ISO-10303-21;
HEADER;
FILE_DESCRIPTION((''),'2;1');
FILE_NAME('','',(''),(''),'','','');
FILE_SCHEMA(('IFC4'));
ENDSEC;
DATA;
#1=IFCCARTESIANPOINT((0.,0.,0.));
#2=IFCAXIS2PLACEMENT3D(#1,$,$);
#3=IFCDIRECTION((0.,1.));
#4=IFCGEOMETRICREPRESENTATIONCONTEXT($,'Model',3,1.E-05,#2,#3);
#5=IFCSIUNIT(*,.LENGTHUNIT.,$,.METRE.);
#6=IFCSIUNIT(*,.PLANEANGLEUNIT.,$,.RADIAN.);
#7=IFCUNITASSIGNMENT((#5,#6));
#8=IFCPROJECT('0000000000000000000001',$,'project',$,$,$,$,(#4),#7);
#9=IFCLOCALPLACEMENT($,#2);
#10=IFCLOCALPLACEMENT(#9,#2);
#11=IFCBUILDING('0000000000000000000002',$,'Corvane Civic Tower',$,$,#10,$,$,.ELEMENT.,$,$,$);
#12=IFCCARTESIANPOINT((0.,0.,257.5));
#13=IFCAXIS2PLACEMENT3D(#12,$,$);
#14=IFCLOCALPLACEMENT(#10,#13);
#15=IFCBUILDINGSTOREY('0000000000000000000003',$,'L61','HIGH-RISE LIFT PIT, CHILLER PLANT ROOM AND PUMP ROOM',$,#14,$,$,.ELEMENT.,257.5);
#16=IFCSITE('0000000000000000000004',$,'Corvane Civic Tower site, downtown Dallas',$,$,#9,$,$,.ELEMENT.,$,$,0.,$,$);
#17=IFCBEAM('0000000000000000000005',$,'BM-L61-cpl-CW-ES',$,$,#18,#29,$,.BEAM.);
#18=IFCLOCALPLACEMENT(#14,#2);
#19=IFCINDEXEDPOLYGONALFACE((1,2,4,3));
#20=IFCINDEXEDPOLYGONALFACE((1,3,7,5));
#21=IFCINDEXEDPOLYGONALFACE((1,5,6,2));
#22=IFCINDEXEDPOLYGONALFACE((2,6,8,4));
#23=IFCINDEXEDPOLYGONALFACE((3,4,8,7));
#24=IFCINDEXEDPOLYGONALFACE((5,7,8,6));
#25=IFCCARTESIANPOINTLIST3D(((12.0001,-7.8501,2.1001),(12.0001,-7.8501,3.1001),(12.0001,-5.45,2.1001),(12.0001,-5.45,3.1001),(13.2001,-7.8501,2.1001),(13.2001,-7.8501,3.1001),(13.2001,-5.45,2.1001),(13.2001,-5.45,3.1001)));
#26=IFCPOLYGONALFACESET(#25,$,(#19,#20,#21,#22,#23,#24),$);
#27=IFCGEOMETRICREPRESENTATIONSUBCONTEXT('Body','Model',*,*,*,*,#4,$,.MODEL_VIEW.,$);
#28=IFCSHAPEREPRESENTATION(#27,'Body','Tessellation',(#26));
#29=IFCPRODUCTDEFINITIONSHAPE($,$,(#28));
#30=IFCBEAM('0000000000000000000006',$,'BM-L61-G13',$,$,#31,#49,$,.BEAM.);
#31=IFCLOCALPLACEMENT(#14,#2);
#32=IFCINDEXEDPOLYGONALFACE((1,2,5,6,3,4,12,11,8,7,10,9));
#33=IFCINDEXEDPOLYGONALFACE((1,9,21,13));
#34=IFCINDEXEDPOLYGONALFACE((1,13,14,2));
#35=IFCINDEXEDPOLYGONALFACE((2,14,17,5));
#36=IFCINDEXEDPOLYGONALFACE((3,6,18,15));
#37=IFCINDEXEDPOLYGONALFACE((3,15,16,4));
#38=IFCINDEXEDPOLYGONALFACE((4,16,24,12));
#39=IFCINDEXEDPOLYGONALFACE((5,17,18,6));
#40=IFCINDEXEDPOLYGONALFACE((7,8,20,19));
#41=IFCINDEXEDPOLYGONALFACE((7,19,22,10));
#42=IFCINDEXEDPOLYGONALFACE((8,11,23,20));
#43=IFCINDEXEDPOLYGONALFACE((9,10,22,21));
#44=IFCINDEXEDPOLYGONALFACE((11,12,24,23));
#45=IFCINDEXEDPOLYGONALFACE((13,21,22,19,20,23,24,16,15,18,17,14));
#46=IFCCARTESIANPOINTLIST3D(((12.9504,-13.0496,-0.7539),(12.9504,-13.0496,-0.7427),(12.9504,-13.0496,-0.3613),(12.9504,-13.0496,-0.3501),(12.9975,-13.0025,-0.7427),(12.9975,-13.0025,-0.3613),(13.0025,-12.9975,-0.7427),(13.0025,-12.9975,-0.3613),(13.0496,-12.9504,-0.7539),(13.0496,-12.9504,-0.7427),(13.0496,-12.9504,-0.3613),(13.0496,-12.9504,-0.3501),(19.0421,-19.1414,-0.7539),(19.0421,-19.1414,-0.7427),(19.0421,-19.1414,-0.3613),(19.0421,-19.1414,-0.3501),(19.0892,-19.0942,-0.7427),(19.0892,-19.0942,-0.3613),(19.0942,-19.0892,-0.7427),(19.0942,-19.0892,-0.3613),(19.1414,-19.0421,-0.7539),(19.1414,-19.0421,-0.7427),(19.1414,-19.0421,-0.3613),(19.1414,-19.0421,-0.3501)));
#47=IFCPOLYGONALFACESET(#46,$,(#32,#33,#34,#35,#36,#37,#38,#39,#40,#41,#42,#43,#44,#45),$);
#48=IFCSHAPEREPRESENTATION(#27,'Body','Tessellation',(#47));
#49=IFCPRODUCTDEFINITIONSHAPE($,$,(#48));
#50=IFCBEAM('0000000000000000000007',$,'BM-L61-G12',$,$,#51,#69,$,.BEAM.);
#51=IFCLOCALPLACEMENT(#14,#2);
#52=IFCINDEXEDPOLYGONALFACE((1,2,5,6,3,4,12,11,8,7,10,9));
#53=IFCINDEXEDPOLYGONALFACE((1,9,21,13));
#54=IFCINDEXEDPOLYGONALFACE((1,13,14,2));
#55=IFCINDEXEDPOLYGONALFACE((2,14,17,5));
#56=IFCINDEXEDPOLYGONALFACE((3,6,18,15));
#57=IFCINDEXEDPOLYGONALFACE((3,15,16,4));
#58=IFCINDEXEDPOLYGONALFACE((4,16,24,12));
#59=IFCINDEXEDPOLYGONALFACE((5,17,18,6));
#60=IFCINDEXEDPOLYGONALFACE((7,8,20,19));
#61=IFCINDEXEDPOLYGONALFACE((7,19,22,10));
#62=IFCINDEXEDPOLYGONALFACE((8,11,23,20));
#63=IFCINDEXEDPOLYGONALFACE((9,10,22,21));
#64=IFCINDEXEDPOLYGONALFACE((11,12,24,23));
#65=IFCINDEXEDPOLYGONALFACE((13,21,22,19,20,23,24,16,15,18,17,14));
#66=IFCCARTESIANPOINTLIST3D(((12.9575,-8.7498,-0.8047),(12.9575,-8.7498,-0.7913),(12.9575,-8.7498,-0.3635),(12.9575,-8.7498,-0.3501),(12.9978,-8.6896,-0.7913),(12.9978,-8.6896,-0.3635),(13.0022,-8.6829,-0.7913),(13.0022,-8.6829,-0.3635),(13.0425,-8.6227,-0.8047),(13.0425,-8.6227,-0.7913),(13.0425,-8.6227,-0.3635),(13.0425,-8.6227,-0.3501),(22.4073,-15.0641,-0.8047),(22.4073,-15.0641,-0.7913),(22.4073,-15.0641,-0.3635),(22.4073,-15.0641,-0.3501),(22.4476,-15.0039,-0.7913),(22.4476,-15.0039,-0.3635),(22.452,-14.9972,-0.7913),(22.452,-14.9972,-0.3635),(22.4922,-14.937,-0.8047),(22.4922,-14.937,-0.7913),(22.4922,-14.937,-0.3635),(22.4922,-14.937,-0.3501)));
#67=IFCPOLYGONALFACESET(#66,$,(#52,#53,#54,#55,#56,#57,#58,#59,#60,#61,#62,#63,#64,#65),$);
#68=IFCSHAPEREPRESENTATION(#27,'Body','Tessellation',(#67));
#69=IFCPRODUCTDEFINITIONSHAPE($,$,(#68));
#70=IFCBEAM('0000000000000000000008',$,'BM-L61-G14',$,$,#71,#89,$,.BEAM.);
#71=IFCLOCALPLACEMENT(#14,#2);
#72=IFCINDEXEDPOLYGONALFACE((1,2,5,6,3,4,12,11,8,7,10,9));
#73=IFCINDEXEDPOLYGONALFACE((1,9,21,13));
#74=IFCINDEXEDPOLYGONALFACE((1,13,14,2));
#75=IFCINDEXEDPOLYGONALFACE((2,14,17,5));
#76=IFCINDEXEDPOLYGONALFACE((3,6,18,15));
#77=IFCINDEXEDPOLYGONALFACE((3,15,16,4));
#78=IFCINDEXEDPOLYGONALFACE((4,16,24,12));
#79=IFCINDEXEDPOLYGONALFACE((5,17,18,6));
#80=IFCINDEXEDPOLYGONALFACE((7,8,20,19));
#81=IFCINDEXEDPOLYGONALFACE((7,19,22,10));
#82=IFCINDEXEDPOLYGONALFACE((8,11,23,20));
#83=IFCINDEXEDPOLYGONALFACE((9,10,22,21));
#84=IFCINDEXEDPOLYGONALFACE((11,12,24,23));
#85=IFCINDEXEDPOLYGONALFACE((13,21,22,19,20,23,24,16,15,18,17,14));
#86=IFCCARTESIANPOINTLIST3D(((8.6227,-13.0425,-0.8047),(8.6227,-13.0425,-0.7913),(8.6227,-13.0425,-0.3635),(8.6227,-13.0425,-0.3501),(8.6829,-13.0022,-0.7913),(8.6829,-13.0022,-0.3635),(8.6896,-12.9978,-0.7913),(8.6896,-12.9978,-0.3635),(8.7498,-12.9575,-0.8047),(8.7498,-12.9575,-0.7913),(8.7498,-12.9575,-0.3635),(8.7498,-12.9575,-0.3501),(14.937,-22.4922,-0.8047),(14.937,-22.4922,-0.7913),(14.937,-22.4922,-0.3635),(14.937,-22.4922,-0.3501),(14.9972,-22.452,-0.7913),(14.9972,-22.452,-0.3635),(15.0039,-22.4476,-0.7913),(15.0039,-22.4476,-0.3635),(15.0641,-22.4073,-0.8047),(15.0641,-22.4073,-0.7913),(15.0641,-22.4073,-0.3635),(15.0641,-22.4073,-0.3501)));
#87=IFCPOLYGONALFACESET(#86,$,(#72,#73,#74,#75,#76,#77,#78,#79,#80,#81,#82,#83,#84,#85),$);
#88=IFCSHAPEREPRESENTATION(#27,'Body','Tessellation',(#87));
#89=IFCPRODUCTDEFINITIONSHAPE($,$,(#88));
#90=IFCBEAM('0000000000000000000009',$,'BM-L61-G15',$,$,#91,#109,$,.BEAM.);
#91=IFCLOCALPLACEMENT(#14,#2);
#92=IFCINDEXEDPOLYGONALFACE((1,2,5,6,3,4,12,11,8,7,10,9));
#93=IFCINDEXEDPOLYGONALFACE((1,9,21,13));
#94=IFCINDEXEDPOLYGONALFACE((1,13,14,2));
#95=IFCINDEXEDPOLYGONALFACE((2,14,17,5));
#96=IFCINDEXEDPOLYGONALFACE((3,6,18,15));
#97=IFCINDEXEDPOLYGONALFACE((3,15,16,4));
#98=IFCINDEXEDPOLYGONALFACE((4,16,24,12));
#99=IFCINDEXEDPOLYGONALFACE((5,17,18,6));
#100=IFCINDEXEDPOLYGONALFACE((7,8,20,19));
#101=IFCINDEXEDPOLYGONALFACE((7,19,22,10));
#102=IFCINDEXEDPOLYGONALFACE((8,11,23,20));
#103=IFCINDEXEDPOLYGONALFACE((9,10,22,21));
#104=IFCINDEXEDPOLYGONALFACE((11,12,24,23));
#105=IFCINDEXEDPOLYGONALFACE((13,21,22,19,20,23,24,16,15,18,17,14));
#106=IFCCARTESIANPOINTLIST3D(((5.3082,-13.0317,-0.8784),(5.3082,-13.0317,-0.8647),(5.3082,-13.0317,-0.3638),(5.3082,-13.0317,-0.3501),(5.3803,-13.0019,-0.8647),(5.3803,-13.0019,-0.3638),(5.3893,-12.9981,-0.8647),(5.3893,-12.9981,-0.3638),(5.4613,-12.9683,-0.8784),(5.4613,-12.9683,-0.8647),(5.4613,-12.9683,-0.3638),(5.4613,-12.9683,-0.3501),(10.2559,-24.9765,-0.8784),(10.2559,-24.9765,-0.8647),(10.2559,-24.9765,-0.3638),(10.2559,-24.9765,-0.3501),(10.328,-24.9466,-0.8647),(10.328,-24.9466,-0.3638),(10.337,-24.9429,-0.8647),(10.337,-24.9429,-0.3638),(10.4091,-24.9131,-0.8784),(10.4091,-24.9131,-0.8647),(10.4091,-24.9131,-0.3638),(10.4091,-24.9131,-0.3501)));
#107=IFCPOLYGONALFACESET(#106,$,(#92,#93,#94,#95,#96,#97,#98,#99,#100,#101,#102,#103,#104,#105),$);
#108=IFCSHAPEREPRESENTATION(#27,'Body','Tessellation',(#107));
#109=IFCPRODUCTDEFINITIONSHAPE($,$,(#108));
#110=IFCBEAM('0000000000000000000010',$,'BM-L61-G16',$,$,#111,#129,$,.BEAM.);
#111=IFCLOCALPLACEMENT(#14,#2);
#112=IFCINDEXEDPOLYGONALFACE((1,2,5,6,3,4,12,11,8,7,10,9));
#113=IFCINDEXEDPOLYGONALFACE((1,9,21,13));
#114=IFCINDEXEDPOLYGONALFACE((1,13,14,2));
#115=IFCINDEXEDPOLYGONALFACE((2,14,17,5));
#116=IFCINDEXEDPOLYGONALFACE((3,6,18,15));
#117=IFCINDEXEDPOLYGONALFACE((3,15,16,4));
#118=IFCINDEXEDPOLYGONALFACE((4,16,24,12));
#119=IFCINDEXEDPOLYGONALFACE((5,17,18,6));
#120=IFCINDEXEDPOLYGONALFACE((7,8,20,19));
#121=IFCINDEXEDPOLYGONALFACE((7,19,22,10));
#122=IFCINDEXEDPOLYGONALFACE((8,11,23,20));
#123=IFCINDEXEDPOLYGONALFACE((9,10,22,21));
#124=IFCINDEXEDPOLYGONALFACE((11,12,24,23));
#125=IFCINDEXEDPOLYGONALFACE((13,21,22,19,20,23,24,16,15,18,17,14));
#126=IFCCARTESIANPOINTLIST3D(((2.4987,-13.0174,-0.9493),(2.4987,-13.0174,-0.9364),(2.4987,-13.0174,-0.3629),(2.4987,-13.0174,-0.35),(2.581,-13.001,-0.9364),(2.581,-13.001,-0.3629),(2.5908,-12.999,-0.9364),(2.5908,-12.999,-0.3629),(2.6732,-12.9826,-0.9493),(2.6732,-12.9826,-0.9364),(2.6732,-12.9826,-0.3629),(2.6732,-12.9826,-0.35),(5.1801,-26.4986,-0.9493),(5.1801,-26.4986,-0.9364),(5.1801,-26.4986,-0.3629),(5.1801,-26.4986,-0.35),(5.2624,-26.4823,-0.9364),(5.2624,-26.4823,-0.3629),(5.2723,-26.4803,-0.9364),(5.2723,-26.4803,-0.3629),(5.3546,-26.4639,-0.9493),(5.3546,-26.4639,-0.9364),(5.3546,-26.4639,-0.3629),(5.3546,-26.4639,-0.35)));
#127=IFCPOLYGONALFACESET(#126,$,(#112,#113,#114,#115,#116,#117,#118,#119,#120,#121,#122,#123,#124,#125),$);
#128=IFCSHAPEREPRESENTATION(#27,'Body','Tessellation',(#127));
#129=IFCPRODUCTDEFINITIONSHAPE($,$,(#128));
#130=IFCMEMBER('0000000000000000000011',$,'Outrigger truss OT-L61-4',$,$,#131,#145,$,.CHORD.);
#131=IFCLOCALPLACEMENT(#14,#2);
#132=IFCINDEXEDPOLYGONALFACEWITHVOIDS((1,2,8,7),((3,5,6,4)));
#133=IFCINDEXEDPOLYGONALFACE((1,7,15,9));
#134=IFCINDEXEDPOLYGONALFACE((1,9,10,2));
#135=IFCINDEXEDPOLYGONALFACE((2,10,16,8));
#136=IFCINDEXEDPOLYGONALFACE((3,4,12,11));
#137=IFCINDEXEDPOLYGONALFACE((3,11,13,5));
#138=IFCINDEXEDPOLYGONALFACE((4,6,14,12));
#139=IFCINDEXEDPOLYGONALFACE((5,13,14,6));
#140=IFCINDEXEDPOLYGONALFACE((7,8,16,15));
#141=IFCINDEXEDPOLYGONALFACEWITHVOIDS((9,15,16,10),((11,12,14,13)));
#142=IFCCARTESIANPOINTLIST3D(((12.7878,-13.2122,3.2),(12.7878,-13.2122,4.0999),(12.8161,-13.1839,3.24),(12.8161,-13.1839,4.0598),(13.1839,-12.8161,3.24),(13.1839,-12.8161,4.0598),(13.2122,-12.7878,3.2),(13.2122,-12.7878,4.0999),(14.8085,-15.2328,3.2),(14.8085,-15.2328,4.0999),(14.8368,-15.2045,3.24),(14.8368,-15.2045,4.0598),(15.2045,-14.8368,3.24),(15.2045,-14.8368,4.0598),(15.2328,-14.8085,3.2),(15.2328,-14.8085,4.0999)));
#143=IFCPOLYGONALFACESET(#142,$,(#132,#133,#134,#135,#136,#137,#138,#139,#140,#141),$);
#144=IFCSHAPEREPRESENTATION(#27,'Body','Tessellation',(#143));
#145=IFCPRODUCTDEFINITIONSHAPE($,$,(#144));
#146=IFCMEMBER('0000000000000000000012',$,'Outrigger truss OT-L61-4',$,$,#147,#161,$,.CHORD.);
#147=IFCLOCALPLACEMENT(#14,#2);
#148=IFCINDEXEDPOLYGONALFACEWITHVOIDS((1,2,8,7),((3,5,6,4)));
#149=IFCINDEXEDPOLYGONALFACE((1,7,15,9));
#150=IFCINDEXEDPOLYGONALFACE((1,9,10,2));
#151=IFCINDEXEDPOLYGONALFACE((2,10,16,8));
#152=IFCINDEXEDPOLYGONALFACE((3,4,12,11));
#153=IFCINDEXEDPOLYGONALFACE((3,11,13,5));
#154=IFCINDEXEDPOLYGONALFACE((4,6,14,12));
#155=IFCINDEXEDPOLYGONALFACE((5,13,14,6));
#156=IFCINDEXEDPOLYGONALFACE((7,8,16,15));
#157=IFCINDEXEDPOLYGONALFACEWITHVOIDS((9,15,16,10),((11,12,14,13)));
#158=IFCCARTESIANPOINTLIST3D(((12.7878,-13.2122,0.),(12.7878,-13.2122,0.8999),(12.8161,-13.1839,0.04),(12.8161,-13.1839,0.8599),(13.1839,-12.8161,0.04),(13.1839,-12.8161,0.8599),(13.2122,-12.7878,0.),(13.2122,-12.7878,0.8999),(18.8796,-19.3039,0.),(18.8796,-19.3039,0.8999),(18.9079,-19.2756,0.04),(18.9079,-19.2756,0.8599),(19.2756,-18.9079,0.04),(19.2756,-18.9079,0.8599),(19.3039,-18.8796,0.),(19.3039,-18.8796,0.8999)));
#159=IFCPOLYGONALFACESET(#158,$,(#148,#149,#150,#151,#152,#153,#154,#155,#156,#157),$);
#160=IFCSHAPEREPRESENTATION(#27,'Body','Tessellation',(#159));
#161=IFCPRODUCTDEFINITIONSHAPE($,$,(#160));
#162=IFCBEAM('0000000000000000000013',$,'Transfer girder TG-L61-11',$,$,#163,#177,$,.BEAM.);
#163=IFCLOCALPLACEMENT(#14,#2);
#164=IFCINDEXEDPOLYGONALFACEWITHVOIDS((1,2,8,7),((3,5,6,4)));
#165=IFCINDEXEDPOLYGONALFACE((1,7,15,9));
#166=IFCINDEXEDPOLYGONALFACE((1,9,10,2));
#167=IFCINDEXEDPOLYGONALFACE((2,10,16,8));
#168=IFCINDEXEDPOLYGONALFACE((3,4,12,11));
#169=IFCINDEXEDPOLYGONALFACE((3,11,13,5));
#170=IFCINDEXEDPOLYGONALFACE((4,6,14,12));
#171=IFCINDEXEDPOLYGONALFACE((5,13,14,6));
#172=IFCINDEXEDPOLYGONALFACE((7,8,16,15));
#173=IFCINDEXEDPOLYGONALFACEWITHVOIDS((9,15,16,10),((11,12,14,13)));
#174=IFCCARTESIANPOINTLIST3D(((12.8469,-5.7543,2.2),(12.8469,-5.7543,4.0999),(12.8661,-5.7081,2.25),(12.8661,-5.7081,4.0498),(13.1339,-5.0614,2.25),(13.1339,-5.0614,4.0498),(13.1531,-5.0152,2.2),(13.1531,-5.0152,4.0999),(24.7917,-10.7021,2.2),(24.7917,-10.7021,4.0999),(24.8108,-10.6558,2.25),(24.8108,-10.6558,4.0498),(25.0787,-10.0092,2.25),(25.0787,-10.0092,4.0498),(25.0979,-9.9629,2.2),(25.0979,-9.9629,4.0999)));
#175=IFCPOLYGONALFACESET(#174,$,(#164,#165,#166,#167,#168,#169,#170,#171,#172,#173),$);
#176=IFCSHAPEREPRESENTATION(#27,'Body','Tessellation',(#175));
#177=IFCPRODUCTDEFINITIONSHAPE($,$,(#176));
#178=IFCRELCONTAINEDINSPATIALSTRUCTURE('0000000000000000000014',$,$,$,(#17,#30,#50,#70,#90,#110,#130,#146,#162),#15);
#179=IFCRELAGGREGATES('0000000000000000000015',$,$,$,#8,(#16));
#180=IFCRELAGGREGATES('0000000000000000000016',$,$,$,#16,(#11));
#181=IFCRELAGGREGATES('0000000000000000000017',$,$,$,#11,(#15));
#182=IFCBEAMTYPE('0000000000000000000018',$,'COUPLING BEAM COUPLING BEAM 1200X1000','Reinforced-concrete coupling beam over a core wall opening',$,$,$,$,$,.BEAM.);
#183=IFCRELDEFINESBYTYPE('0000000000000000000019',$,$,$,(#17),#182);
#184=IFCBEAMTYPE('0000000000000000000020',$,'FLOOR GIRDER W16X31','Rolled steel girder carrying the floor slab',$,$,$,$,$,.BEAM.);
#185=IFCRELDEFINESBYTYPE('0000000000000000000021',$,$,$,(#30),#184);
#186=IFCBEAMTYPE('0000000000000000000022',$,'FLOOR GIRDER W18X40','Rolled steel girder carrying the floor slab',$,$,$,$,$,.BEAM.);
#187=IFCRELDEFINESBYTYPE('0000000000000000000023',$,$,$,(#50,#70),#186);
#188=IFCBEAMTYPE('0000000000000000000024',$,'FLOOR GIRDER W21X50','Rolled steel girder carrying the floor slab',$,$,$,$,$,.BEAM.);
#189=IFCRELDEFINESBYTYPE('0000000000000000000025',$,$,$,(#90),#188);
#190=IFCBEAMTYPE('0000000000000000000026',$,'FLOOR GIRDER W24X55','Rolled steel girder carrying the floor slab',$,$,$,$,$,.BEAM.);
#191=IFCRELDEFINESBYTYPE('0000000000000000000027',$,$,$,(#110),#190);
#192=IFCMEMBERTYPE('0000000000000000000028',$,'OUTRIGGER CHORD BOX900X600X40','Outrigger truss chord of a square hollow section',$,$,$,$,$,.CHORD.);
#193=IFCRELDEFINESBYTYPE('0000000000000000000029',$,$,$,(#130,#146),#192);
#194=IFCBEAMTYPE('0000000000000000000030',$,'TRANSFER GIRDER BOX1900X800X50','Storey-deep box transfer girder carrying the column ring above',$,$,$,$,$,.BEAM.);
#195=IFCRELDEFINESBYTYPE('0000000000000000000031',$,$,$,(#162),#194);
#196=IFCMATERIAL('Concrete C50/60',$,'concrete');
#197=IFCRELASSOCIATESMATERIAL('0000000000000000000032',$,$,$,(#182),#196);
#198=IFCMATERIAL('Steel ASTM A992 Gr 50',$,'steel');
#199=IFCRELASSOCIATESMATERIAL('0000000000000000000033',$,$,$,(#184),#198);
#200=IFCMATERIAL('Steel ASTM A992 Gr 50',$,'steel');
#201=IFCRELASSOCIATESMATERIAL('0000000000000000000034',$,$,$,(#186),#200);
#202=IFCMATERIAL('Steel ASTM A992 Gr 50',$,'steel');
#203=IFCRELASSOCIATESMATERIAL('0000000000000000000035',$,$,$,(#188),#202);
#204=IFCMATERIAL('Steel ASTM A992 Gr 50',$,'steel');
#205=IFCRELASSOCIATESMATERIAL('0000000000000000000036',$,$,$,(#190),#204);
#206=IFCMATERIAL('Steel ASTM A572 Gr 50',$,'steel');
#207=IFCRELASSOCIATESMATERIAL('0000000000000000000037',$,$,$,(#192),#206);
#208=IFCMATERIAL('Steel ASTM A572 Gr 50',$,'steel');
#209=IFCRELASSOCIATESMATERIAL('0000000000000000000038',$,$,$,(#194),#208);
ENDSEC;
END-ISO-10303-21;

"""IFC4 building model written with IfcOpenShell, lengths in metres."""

from ifc_helpers import new_model, si_unit, direction, frame, origin, origin_2d, place, context, subcontext, project, spatial, rectangle, hollow_rectangle, i_section, extrude, material, material_profile, profile_set, type_object, element, save


model = new_model("IFC4")

# Units and contexts
model_context = context("Model", 3, precision=1e-05, world=origin(), true_north=direction((0.0, 1.0)))
body_context = subcontext(model_context, "Body", "Model", "MODEL_VIEW")
ifc_project = project(units=[si_unit("LENGTHUNIT", "METRE"), si_unit("PLANEANGLEUNIT", "RADIAN")], contexts=[model_context])

# Site, building, storey
site_placement = place(None, origin())
site = spatial("IfcSite", under=ifc_project, at=site_placement, Name="Corvane Civic Tower site, downtown Dallas", CompositionType="ELEMENT", RefElevation=0.0)
building_placement = place(site_placement, origin())
building = spatial("IfcBuilding", under=site, at=building_placement, Name="Corvane Civic Tower", CompositionType="ELEMENT")
storey_placement = place(building_placement, frame((0.0, 0.0, 257.5)))
storey = spatial("IfcBuildingStorey", under=building, at=storey_placement, Name="L61", Description="HIGH-RISE LIFT PIT, CHILLER PLANT ROOM AND PUMP ROOM", CompositionType="ELEMENT", Elevation=257.5)

# Beams
ifc_material_1 = material(Name="Concrete C50/60", Category="concrete")
ifc_material_profile_1 = material_profile(ifc_material_1, rectangle(XDim=1.2, YDim=1.0, at=origin_2d()), Name="COUPLING BEAM 1200X1000")
ifc_profile_set_1 = profile_set([ifc_material_profile_1], Name="Concrete C50/60")
beam_type_1 = type_object("IfcBeamType", Name="COUPLING BEAM COUPLING BEAM 1200X1000", Description="Reinforced-concrete coupling beam over a core wall opening", PredefinedType="BEAM", material=ifc_profile_set_1)
beam_1_placement = place(storey_placement, frame((12.6001, -7.8501, 2.6001), z_axis=(0.0, 1.0, 0.0), x_axis=(-1.0, 0.0, 0.0)))
element("IfcBeam", 1, at=beam_1_placement, inside=storey, type_object=beam_type_1, Name="BM-L61-cpl-CW-ES", PredefinedType="BEAM", context=body_context, shape_type="SweptSolid", body=[
    extrude(rectangle(XDim=1.2, YDim=1.0, at=origin_2d()), origin(), (0.0, 0.0, 1.0), 2.4001),
])
ifc_material_2 = material(Name="Steel ASTM A992 Gr 50", Category="steel")
ifc_material_profile_2 = material_profile(ifc_material_2, i_section(OverallWidth=0.1404, OverallDepth=0.4038, WebThickness=0.0071, FlangeThickness=0.0112, at=origin_2d()), Name="W16X31")
ifc_profile_set_2 = profile_set([ifc_material_profile_2], Name="Steel ASTM A992 Gr 50")
beam_type_2 = type_object("IfcBeamType", Name="FLOOR GIRDER W16X31", Description="Rolled steel girder carrying the floor slab", PredefinedType="BEAM", material=ifc_profile_set_2)
beam_2_placement = place(storey_placement, frame((13.0, -13.0, -0.552), z_axis=(0.707107, -0.707107, 0.0), x_axis=(0.707107, 0.707107, 0.0)))
element("IfcBeam", 2, at=beam_2_placement, inside=storey, type_object=beam_type_2, Name="BM-L61-G13", PredefinedType="BEAM", context=body_context, shape_type="SweptSolid", body=[
    extrude(i_section(OverallWidth=0.1404, OverallDepth=0.4038, WebThickness=0.0071, FlangeThickness=0.0112, at=origin_2d()), origin(), (0.0, 0.0, 1.0), 8.615),
])
ifc_material_3 = material(Name="Steel ASTM A992 Gr 50", Category="steel")
ifc_material_profile_3 = material_profile(ifc_material_3, i_section(OverallWidth=0.1528, OverallDepth=0.4546, WebThickness=0.0081, FlangeThickness=0.0134, at=origin_2d()), Name="W18X40")
ifc_profile_set_3 = profile_set([ifc_material_profile_3], Name="Steel ASTM A992 Gr 50")
beam_type_3 = type_object("IfcBeamType", Name="FLOOR GIRDER W18X40", Description="Rolled steel girder carrying the floor slab", PredefinedType="BEAM", material=ifc_profile_set_3)
for number, where, z_axis, x_axis, name in (
    (3, (13.0, -8.6863, -0.5774), (0.831465, -0.555577, 0.0), (0.555577, 0.831465, 0.0), "BM-L61-G12"),
    (4, (8.6863, -13.0, -0.5774), (0.555577, -0.831465, 0.0), (0.831465, 0.555577, 0.0), "BM-L61-G14"),
):
    element("IfcBeam", number, at=place(storey_placement, frame(where, z_axis=z_axis, x_axis=x_axis)), inside=storey, type_object=beam_type_3, Name=name, PredefinedType="BEAM", context=body_context, shape_type="SweptSolid", body=[
        extrude(i_section(OverallWidth=0.1528, OverallDepth=0.4546, WebThickness=0.0081, FlangeThickness=0.0134, at=origin_2d()), origin(), (0.0, 0.0, 1.0), 11.3652),
    ])
ifc_material_4 = material(Name="Steel ASTM A992 Gr 50", Category="steel")
ifc_material_profile_4 = material_profile(ifc_material_4, i_section(OverallWidth=0.1658, OverallDepth=0.5283, WebThickness=0.0098, FlangeThickness=0.0137, at=origin_2d()), Name="W21X50")
ifc_profile_set_4 = profile_set([ifc_material_profile_4], Name="Steel ASTM A992 Gr 50")
beam_type_4 = type_object("IfcBeamType", Name="FLOOR GIRDER W21X50", Description="Rolled steel girder carrying the floor slab", PredefinedType="BEAM", material=ifc_profile_set_4)
beam_3_placement = place(storey_placement, frame((5.3848, -13.0, -0.6143), z_axis=(0.382686, -0.923878, 0.0), x_axis=(0.923878, 0.382686, 0.0)))
element("IfcBeam", 5, at=beam_3_placement, inside=storey, type_object=beam_type_4, Name="BM-L61-G15", PredefinedType="BEAM", context=body_context, shape_type="SweptSolid", body=[
    extrude(i_section(OverallWidth=0.1658, OverallDepth=0.5283, WebThickness=0.0098, FlangeThickness=0.0137, at=origin_2d()), origin(), (0.0, 0.0, 1.0), 12.929),
])
ifc_material_5 = material(Name="Steel ASTM A992 Gr 50", Category="steel")
ifc_material_profile_5 = material_profile(ifc_material_5, i_section(OverallWidth=0.178, OverallDepth=0.5994, WebThickness=0.01, FlangeThickness=0.0129, at=origin_2d()), Name="W24X55")
ifc_profile_set_5 = profile_set([ifc_material_profile_5], Name="Steel ASTM A992 Gr 50")
beam_type_5 = type_object("IfcBeamType", Name="FLOOR GIRDER W24X55", Description="Rolled steel girder carrying the floor slab", PredefinedType="BEAM", material=ifc_profile_set_5)
beam_4_placement = place(storey_placement, frame((2.5859, -13.0, -0.6497), z_axis=(0.195078, -0.980788, 0.0), x_axis=(0.980788, 0.195078, 0.0)))
element("IfcBeam", 6, at=beam_4_placement, inside=storey, type_object=beam_type_5, Name="BM-L61-G16", PredefinedType="BEAM", context=body_context, shape_type="SweptSolid", body=[
    extrude(i_section(OverallWidth=0.178, OverallDepth=0.5994, WebThickness=0.01, FlangeThickness=0.0129, at=origin_2d()), origin(), (0.0, 0.0, 1.0), 13.7454),
])

# Members
ifc_material_6 = material(Name="Steel ASTM A572 Gr 50", Category="steel")
ifc_material_profile_6 = material_profile(ifc_material_6, hollow_rectangle(XDim=0.6001, YDim=0.8999, WallThickness=0.04, at=origin_2d()), Name="BOX900X600X40")
ifc_profile_set_6 = profile_set([ifc_material_profile_6], Name="Steel ASTM A572 Gr 50")
member_type = type_object("IfcMemberType", Name="OUTRIGGER CHORD BOX900X600X40", Description="Outrigger truss chord of a square hollow section", PredefinedType="CHORD", material=ifc_profile_set_6)
member_1_placement = place(storey_placement, frame((13.0, -13.0, 3.6499), z_axis=(0.707107, -0.707107, 0.0), x_axis=(0.707107, 0.707107, 0.0)))
element("IfcMember", 7, at=member_1_placement, inside=storey, type_object=member_type, Name="Outrigger truss OT-L61-4", PredefinedType="CHORD", context=body_context, shape_type="SweptSolid", body=[
    extrude(hollow_rectangle(XDim=0.6001, YDim=0.8999, WallThickness=0.04, at=origin_2d()), origin(), (0.0, 0.0, 1.0), 2.8577),
])
member_2_placement = place(storey_placement, frame((13.0, -13.0, 0.45), z_axis=(0.707107, -0.707107, 0.0), x_axis=(0.707107, 0.707107, 0.0)))
element("IfcMember", 8, at=member_2_placement, inside=storey, type_object=member_type, Name="Outrigger truss OT-L61-4", PredefinedType="CHORD", context=body_context, shape_type="SweptSolid", body=[
    extrude(hollow_rectangle(XDim=0.6001, YDim=0.8999, WallThickness=0.04, at=origin_2d()), origin(), (0.0, 0.0, 1.0), 8.615),
])

# Beam
ifc_material_7 = material(Name="Steel ASTM A572 Gr 50", Category="steel")
ifc_material_profile_7 = material_profile(ifc_material_7, hollow_rectangle(XDim=0.8, YDim=1.8999, WallThickness=0.05, at=origin_2d()), Name="BOX1900X800X50")
ifc_profile_set_7 = profile_set([ifc_material_profile_7], Name="Steel ASTM A572 Gr 50")
beam_type_6 = type_object("IfcBeamType", Name="TRANSFER GIRDER BOX1900X800X50", Description="Storey-deep box transfer girder carrying the column ring above", PredefinedType="BEAM", material=ifc_profile_set_7)
beam_5_placement = place(storey_placement, frame((13.0, -5.3848, 3.1499), z_axis=(0.923878, -0.382686, 0.0), x_axis=(0.382686, 0.923878, 0.0)))
element("IfcBeam", 9, at=beam_5_placement, inside=storey, type_object=beam_type_6, Name="Transfer girder TG-L61-11", PredefinedType="BEAM", context=body_context, shape_type="SweptSolid", body=[
    extrude(hollow_rectangle(XDim=0.8, YDim=1.8999, WallThickness=0.05, at=origin_2d()), origin(), (0.0, 0.0, 1.0), 12.929),
])

save(model, "model.ifc")
